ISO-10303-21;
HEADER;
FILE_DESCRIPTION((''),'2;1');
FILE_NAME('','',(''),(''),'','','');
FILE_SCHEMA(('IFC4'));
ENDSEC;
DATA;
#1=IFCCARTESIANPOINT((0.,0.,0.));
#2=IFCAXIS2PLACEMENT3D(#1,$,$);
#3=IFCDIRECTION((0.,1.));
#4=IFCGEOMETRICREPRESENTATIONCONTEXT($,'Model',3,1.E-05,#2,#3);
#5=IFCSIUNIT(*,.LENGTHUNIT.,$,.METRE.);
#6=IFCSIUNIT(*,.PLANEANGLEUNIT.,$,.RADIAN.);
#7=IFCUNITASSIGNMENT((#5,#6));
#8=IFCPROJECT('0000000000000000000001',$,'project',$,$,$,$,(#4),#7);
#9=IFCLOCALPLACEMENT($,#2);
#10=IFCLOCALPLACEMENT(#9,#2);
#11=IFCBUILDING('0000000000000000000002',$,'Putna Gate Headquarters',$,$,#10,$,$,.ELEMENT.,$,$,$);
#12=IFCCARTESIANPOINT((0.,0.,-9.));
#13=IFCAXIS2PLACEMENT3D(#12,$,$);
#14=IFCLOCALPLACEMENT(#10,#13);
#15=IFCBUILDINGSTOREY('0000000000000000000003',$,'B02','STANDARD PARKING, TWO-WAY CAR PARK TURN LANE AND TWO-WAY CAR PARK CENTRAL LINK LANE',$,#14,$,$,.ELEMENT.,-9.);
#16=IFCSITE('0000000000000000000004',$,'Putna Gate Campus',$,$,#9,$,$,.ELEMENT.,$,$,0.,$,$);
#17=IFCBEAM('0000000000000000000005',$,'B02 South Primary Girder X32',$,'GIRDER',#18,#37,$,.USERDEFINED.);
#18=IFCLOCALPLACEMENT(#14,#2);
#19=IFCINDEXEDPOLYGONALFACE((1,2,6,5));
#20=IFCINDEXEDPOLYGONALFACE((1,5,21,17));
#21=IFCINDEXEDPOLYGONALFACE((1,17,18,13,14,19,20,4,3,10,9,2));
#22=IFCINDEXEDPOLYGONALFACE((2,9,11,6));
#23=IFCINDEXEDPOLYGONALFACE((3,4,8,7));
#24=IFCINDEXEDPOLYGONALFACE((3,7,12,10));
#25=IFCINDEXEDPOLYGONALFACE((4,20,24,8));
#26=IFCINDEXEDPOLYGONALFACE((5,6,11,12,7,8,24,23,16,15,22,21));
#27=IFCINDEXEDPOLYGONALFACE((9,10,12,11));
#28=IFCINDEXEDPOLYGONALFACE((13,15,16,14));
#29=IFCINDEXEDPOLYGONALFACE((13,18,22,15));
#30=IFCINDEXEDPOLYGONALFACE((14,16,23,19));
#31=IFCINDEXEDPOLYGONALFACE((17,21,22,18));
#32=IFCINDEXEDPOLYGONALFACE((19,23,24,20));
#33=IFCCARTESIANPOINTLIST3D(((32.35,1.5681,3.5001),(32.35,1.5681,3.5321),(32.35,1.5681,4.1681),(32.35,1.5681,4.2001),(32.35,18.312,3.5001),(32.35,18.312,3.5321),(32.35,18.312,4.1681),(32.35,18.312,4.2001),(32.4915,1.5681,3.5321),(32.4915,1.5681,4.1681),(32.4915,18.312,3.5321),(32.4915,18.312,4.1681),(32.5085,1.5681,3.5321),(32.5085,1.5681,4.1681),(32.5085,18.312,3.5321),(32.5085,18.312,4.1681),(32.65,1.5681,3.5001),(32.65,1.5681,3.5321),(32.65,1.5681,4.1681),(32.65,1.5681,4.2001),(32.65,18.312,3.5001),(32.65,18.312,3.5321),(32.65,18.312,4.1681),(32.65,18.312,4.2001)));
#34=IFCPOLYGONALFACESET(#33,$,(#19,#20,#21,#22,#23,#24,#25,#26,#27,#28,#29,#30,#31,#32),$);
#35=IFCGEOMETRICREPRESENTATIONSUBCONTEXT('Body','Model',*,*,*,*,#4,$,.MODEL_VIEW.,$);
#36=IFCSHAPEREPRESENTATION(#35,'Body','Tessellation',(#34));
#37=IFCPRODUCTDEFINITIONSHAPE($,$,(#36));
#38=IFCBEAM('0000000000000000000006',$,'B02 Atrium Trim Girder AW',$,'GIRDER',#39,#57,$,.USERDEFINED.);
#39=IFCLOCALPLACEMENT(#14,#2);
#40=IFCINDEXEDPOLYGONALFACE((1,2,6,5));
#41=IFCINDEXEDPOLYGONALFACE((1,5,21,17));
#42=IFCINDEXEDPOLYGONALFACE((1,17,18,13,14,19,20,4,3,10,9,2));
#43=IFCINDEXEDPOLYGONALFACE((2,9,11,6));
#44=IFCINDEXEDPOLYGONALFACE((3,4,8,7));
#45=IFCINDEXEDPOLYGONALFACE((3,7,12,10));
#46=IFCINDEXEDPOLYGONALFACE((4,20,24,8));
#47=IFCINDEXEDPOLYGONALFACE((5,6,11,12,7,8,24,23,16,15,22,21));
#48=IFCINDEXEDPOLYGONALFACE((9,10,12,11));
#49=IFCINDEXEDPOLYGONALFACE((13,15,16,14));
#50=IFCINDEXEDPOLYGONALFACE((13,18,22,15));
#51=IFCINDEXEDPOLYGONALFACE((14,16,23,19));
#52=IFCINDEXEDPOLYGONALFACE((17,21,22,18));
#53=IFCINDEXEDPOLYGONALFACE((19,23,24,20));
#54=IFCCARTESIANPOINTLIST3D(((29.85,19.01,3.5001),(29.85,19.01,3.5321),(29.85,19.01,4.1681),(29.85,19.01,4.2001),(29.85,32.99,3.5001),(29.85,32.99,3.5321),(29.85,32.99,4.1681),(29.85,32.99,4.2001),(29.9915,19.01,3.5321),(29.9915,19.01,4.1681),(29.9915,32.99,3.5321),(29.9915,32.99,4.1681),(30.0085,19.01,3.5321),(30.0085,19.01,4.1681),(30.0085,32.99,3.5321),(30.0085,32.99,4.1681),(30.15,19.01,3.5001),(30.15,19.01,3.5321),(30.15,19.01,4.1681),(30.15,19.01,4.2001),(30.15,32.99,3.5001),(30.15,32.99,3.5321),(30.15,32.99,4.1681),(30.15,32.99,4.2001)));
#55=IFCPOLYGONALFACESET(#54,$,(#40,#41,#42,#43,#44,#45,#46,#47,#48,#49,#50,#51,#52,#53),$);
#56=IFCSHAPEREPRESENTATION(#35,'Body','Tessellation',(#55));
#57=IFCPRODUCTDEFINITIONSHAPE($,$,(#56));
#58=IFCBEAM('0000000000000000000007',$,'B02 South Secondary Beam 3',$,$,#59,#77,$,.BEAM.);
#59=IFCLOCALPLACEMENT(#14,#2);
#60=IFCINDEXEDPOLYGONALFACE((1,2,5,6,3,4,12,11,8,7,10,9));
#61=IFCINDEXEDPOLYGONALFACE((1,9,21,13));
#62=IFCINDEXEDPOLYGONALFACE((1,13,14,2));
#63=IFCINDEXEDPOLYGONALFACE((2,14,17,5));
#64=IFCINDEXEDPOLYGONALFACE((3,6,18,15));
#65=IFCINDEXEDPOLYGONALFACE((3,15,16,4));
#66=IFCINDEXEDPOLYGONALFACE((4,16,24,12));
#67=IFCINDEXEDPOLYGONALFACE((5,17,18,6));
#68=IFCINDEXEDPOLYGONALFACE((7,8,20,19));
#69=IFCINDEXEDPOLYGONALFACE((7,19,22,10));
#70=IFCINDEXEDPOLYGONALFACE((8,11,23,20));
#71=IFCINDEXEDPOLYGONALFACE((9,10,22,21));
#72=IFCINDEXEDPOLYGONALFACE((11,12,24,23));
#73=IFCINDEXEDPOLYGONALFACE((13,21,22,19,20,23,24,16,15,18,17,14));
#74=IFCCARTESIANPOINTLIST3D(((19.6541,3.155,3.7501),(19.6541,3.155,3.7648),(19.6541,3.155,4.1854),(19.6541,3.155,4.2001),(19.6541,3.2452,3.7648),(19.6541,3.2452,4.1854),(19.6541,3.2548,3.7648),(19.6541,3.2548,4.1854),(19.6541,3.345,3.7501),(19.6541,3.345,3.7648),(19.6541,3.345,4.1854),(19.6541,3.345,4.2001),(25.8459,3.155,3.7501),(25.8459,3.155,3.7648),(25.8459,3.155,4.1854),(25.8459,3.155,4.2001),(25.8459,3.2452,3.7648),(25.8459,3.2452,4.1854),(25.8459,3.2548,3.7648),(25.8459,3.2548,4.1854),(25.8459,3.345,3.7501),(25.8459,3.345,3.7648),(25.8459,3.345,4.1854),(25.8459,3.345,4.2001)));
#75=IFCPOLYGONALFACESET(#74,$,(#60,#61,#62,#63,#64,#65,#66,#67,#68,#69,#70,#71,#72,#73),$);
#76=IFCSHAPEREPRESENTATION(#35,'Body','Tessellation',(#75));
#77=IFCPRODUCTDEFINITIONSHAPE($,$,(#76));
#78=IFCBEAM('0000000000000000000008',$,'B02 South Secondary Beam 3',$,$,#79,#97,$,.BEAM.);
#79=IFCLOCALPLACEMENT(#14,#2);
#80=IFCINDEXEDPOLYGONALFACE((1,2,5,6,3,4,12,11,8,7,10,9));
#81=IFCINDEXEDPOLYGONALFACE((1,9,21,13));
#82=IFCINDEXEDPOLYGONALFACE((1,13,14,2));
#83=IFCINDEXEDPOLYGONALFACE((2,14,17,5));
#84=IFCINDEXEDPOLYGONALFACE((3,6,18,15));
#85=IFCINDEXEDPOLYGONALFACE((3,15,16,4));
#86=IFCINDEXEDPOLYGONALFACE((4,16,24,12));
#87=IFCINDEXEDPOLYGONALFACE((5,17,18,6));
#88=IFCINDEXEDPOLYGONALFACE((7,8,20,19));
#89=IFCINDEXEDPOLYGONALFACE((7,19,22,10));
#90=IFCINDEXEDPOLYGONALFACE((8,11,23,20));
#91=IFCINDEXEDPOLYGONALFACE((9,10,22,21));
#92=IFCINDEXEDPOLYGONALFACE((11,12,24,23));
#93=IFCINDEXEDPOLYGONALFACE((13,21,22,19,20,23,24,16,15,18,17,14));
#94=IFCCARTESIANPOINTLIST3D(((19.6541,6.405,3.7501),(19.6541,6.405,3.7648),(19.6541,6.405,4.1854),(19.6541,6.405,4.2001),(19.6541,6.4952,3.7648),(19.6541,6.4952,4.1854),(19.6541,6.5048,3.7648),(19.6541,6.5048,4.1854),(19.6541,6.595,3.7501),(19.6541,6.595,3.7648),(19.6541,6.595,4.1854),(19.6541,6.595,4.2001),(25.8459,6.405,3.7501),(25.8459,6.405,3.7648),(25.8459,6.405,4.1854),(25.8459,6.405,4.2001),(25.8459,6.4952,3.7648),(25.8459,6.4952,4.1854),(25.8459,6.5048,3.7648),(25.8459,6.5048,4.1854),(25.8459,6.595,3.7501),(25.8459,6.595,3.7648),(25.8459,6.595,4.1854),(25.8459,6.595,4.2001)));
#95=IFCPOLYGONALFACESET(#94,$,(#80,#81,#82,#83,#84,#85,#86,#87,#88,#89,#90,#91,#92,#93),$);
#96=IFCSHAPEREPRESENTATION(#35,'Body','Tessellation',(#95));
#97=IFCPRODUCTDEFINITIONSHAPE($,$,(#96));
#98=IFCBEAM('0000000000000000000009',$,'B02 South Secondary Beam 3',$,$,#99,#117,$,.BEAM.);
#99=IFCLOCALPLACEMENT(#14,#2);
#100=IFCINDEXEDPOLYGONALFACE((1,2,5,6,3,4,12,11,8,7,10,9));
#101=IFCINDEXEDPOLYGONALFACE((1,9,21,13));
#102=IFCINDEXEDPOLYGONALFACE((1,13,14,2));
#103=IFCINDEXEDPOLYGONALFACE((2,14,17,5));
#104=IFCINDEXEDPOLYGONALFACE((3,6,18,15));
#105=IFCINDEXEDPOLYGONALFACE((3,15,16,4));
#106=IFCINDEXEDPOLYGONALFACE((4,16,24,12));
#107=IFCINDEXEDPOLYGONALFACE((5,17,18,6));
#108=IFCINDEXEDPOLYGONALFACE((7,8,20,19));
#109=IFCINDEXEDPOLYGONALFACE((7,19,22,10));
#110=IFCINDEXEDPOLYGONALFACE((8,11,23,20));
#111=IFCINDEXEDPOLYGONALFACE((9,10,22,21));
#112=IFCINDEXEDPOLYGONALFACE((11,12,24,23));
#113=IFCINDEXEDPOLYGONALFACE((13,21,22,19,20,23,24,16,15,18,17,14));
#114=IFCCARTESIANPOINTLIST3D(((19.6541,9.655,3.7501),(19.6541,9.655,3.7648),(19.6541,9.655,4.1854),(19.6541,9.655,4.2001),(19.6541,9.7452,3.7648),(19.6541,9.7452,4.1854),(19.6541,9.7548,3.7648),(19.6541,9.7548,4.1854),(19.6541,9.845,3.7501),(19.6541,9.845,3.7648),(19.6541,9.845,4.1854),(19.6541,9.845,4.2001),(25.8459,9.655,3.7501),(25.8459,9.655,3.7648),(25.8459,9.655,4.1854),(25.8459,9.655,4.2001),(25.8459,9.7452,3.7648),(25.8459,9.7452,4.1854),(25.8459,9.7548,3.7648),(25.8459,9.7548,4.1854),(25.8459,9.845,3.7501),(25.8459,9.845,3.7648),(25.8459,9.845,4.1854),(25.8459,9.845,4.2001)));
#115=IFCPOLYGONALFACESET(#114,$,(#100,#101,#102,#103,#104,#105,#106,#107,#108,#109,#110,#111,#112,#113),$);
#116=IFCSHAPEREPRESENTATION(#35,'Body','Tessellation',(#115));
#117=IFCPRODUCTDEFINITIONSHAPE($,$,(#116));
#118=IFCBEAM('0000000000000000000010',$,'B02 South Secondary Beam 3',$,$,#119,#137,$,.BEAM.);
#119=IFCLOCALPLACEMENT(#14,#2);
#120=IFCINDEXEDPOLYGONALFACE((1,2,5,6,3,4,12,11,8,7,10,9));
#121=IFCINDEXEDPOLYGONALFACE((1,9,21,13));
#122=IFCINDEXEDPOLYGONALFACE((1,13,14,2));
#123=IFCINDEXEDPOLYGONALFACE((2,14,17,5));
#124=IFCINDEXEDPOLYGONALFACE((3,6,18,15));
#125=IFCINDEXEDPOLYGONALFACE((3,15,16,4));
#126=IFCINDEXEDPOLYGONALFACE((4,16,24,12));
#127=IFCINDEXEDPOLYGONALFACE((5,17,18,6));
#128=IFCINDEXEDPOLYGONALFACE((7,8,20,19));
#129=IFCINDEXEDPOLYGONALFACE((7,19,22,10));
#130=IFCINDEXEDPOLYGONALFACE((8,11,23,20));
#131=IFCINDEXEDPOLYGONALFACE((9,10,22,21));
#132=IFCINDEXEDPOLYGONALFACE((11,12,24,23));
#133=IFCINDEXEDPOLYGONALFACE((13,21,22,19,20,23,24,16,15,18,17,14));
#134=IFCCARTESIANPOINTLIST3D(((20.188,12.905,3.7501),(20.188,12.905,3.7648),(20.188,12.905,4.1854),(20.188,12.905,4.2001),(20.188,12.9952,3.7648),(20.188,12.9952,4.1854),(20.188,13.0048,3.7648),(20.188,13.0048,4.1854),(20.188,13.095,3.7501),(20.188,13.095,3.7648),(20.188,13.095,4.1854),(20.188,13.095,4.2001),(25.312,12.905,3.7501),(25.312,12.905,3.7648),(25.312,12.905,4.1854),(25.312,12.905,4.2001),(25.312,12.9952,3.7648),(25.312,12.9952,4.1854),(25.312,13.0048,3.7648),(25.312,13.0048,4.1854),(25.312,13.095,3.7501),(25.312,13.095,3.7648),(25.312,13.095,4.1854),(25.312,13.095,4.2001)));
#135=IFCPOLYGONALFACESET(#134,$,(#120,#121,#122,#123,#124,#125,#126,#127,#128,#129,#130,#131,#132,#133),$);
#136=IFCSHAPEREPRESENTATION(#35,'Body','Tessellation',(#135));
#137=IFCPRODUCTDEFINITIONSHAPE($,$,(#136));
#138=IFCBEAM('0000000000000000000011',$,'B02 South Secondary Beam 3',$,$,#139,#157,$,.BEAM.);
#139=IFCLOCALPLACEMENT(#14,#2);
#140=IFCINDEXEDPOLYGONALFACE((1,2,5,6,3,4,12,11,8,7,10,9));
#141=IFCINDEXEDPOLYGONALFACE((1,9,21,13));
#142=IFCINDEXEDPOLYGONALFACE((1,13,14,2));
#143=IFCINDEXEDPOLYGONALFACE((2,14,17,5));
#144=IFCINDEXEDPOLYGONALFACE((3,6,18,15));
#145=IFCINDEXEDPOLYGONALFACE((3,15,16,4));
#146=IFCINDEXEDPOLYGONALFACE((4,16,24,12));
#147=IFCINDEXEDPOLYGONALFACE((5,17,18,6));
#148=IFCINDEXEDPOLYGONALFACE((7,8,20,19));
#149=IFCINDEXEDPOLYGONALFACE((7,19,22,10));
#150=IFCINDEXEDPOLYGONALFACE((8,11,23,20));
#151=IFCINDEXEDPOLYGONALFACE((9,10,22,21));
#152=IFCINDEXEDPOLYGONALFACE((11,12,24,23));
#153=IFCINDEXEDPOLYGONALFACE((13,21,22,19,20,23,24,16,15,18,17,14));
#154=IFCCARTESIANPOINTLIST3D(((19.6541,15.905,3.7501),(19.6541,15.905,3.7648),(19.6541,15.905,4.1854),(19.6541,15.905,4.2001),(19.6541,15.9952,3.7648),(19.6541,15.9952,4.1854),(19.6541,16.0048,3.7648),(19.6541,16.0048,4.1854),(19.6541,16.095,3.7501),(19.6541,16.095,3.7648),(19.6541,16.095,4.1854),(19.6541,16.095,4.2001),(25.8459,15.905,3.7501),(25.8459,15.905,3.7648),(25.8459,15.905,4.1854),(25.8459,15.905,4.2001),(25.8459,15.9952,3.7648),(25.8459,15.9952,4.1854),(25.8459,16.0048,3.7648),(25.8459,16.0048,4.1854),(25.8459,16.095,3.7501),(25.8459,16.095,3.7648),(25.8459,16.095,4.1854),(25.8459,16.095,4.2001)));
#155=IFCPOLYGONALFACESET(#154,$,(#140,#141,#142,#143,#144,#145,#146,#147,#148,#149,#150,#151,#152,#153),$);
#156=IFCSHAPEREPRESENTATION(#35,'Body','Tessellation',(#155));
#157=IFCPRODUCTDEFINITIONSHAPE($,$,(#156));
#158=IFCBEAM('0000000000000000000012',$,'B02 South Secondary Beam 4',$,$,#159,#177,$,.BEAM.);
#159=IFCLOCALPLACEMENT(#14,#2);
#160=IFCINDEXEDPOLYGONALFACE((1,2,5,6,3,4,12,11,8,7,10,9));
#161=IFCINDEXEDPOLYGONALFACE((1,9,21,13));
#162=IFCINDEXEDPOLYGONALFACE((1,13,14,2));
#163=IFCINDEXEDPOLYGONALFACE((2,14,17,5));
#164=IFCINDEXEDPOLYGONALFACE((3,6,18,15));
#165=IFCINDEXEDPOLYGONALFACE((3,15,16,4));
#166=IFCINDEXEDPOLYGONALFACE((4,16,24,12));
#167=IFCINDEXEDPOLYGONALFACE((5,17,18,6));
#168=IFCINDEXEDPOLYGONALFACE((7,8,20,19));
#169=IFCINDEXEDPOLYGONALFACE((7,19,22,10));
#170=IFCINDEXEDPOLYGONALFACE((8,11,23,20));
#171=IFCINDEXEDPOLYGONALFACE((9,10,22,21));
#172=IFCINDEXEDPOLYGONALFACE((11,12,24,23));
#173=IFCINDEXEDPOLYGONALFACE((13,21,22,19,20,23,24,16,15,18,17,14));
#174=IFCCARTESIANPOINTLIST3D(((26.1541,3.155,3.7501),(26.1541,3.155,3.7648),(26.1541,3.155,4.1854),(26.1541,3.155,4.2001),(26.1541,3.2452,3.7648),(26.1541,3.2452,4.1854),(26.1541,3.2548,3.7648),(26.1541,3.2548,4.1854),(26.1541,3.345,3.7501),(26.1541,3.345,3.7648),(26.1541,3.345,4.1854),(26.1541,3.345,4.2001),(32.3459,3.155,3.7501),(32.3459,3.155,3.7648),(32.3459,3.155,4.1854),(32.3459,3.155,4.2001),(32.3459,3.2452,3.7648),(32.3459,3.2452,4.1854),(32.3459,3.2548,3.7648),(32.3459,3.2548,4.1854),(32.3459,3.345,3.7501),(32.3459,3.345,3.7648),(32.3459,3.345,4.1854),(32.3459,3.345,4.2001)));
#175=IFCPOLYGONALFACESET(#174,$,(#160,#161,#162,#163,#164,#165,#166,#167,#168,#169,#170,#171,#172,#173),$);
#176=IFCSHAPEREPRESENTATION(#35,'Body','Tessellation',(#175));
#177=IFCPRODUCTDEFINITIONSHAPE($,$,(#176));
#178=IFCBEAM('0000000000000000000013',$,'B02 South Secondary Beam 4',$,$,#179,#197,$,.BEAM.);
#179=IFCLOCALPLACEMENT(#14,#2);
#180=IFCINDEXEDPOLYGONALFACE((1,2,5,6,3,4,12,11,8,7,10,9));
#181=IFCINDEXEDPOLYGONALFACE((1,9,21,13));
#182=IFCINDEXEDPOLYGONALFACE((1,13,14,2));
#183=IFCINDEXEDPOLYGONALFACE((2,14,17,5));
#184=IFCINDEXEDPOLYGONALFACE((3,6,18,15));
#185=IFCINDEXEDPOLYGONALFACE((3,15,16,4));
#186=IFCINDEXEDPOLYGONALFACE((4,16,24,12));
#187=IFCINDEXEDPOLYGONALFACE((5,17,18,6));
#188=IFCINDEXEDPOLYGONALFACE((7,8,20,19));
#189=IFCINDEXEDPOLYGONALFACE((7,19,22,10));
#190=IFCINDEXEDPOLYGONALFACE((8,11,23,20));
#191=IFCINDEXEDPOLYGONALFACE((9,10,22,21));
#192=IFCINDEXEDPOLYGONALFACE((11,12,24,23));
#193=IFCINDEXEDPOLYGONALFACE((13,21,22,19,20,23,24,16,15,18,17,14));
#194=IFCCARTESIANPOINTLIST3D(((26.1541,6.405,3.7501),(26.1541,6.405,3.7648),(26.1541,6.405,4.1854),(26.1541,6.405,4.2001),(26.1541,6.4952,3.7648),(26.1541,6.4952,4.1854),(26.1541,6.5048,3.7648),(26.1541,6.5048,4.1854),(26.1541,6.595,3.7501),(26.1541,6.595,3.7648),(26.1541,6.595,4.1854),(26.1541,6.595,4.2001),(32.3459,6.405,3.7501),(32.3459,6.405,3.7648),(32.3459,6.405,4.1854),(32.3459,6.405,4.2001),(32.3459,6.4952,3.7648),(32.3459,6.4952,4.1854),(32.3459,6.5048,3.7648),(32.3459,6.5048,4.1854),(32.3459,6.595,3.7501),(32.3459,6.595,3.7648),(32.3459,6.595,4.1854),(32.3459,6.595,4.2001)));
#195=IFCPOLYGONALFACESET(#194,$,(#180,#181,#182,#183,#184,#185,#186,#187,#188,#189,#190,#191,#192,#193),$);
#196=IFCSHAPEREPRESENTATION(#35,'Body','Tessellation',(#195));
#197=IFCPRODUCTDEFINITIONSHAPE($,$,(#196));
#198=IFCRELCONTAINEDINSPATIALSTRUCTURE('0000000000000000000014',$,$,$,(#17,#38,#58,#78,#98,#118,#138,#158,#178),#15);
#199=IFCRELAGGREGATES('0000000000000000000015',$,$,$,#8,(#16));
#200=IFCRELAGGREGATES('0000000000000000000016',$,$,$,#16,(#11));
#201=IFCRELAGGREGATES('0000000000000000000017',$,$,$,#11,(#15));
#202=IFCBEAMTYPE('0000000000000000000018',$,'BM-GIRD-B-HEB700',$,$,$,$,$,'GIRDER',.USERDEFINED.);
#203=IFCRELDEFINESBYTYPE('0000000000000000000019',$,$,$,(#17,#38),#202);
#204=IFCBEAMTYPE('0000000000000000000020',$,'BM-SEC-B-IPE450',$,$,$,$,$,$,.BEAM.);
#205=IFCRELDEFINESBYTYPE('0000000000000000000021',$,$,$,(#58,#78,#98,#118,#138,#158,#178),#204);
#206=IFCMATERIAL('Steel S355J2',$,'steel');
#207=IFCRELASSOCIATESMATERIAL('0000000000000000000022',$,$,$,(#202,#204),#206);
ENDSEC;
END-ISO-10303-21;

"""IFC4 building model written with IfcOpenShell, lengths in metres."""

from ifc_helpers import new_model, si_unit, direction, frame, origin, origin_2d, place, context, subcontext, project, spatial, i_section, extrude, material, material_profile, profile_set, type_object, element, save


model = new_model("IFC4")

# Units and contexts
model_context = context("Model", 3, precision=1e-05, world=origin(), true_north=direction((0.0, 1.0)))
body_context = subcontext(model_context, "Body", "Model", "MODEL_VIEW")
ifc_project = project(units=[si_unit("LENGTHUNIT", "METRE"), si_unit("PLANEANGLEUNIT", "RADIAN")], contexts=[model_context])

# Site, building, storey
site_placement = place(None, origin())
site = spatial("IfcSite", under=ifc_project, at=site_placement, Name="Putna Gate Campus", CompositionType="ELEMENT", RefElevation=0.0)
building_placement = place(site_placement, origin())
building = spatial("IfcBuilding", under=site, at=building_placement, Name="Putna Gate Headquarters", CompositionType="ELEMENT")
storey_placement = place(building_placement, frame((0.0, 0.0, -9.0)))
storey = spatial("IfcBuildingStorey", under=building, at=storey_placement, Name="B02", Description="STANDARD PARKING, TWO-WAY CAR PARK TURN LANE AND TWO-WAY CAR PARK CENTRAL LINK LANE", CompositionType="ELEMENT", Elevation=-9.0)

# Beams
ifc_material_1 = material(Name="Steel S355J2", Category="steel")
ifc_material_profile_1 = material_profile(ifc_material_1, i_section(OverallWidth=0.3, OverallDepth=0.7, WebThickness=0.0171, FlangeThickness=0.032, at=origin_2d()), Name="Steel S355J2")
ifc_profile_set_1 = profile_set([ifc_material_profile_1], Name="Steel S355J2")
beam_type_1 = type_object("IfcBeamType", Name="BM-GIRD-B-HEB700", ElementType="GIRDER", PredefinedType="USERDEFINED", material=ifc_profile_set_1)
beam_1_placement = place(storey_placement, frame((32.5, 1.5681, 3.8501), z_axis=(0.0, 1.0, 0.0), x_axis=(-1.0, 0.0, 0.0)))
element("IfcBeam", 1, at=beam_1_placement, inside=storey, type_object=beam_type_1, Name="B02 South Primary Girder X32", ObjectType="GIRDER", PredefinedType="USERDEFINED", context=body_context, shape_type="SweptSolid", body=[
    extrude(i_section(OverallWidth=0.3, OverallDepth=0.7, WebThickness=0.0171, FlangeThickness=0.032, at=origin_2d()), origin(), (0.0, 0.0, 1.0), 16.7439),
])
beam_2_placement = place(storey_placement, frame((30.0, 19.01, 3.8501), z_axis=(0.0, 1.0, 0.0), x_axis=(-1.0, 0.0, 0.0)))
element("IfcBeam", 2, at=beam_2_placement, inside=storey, type_object=beam_type_1, Name="B02 Atrium Trim Girder AW", ObjectType="GIRDER", PredefinedType="USERDEFINED", context=body_context, shape_type="SweptSolid", body=[
    extrude(i_section(OverallWidth=0.3, OverallDepth=0.7, WebThickness=0.0171, FlangeThickness=0.032, at=origin_2d()), origin(), (0.0, 0.0, 1.0), 13.98),
])
ifc_material_profile_2 = material_profile(ifc_material_1, i_section(OverallWidth=0.1899, OverallDepth=0.45, WebThickness=0.0095, FlangeThickness=0.0146, at=origin_2d()), Name="Steel S355J2")
ifc_profile_set_2 = profile_set([ifc_material_profile_2], Name="Steel S355J2")
beam_type_2 = type_object("IfcBeamType", Name="BM-SEC-B-IPE450", PredefinedType="BEAM", material=ifc_profile_set_2)
for number, where, z_axis, x_axis, name in (
    (3, (19.6541, 3.25, 3.9751), (1.0, 0.0, 0.0), (0.0, 1.0, 0.0), "B02 South Secondary Beam 3"),
    (4, (19.6541, 6.5, 3.9751), (1.0, 0.0, 0.0), (0.0, 1.0, 0.0), "B02 South Secondary Beam 3"),
    (5, (19.6541, 9.75, 3.9751), (1.0, 0.0, 0.0), (0.0, 1.0, 0.0), "B02 South Secondary Beam 3"),
):
    element("IfcBeam", number, at=place(storey_placement, frame(where, z_axis=z_axis, x_axis=x_axis)), inside=storey, type_object=beam_type_2, Name=name, PredefinedType="BEAM", context=body_context, shape_type="SweptSolid", body=[
        extrude(i_section(OverallWidth=0.1899, OverallDepth=0.45, WebThickness=0.0095, FlangeThickness=0.0146, at=origin_2d()), origin(), (0.0, 0.0, 1.0), 6.1919),
    ])
beam_3_placement = place(storey_placement, frame((20.188, 13.0, 3.9751), z_axis=(1.0, 0.0, 0.0), x_axis=(0.0, 1.0, 0.0)))
element("IfcBeam", 6, at=beam_3_placement, inside=storey, type_object=beam_type_2, Name="B02 South Secondary Beam 3", PredefinedType="BEAM", context=body_context, shape_type="SweptSolid", body=[
    extrude(i_section(OverallWidth=0.1899, OverallDepth=0.45, WebThickness=0.0095, FlangeThickness=0.0146, at=origin_2d()), origin(), (0.0, 0.0, 1.0), 5.124),
])
for number, where, z_axis, x_axis, name in (
    (7, (19.6541, 16.0, 3.9751), (1.0, 0.0, 0.0), (0.0, 1.0, 0.0), "B02 South Secondary Beam 3"),
    (8, (26.1541, 3.25, 3.9751), (1.0, 0.0, 0.0), (0.0, 1.0, 0.0), "B02 South Secondary Beam 4"),
    (9, (26.1541, 6.5, 3.9751), (1.0, 0.0, 0.0), (0.0, 1.0, 0.0), "B02 South Secondary Beam 4"),
):
    element("IfcBeam", number, at=place(storey_placement, frame(where, z_axis=z_axis, x_axis=x_axis)), inside=storey, type_object=beam_type_2, Name=name, PredefinedType="BEAM", context=body_context, shape_type="SweptSolid", body=[
        extrude(i_section(OverallWidth=0.1899, OverallDepth=0.45, WebThickness=0.0095, FlangeThickness=0.0146, at=origin_2d()), origin(), (0.0, 0.0, 1.0), 6.1919),
    ])

save(model, "model.ifc")
